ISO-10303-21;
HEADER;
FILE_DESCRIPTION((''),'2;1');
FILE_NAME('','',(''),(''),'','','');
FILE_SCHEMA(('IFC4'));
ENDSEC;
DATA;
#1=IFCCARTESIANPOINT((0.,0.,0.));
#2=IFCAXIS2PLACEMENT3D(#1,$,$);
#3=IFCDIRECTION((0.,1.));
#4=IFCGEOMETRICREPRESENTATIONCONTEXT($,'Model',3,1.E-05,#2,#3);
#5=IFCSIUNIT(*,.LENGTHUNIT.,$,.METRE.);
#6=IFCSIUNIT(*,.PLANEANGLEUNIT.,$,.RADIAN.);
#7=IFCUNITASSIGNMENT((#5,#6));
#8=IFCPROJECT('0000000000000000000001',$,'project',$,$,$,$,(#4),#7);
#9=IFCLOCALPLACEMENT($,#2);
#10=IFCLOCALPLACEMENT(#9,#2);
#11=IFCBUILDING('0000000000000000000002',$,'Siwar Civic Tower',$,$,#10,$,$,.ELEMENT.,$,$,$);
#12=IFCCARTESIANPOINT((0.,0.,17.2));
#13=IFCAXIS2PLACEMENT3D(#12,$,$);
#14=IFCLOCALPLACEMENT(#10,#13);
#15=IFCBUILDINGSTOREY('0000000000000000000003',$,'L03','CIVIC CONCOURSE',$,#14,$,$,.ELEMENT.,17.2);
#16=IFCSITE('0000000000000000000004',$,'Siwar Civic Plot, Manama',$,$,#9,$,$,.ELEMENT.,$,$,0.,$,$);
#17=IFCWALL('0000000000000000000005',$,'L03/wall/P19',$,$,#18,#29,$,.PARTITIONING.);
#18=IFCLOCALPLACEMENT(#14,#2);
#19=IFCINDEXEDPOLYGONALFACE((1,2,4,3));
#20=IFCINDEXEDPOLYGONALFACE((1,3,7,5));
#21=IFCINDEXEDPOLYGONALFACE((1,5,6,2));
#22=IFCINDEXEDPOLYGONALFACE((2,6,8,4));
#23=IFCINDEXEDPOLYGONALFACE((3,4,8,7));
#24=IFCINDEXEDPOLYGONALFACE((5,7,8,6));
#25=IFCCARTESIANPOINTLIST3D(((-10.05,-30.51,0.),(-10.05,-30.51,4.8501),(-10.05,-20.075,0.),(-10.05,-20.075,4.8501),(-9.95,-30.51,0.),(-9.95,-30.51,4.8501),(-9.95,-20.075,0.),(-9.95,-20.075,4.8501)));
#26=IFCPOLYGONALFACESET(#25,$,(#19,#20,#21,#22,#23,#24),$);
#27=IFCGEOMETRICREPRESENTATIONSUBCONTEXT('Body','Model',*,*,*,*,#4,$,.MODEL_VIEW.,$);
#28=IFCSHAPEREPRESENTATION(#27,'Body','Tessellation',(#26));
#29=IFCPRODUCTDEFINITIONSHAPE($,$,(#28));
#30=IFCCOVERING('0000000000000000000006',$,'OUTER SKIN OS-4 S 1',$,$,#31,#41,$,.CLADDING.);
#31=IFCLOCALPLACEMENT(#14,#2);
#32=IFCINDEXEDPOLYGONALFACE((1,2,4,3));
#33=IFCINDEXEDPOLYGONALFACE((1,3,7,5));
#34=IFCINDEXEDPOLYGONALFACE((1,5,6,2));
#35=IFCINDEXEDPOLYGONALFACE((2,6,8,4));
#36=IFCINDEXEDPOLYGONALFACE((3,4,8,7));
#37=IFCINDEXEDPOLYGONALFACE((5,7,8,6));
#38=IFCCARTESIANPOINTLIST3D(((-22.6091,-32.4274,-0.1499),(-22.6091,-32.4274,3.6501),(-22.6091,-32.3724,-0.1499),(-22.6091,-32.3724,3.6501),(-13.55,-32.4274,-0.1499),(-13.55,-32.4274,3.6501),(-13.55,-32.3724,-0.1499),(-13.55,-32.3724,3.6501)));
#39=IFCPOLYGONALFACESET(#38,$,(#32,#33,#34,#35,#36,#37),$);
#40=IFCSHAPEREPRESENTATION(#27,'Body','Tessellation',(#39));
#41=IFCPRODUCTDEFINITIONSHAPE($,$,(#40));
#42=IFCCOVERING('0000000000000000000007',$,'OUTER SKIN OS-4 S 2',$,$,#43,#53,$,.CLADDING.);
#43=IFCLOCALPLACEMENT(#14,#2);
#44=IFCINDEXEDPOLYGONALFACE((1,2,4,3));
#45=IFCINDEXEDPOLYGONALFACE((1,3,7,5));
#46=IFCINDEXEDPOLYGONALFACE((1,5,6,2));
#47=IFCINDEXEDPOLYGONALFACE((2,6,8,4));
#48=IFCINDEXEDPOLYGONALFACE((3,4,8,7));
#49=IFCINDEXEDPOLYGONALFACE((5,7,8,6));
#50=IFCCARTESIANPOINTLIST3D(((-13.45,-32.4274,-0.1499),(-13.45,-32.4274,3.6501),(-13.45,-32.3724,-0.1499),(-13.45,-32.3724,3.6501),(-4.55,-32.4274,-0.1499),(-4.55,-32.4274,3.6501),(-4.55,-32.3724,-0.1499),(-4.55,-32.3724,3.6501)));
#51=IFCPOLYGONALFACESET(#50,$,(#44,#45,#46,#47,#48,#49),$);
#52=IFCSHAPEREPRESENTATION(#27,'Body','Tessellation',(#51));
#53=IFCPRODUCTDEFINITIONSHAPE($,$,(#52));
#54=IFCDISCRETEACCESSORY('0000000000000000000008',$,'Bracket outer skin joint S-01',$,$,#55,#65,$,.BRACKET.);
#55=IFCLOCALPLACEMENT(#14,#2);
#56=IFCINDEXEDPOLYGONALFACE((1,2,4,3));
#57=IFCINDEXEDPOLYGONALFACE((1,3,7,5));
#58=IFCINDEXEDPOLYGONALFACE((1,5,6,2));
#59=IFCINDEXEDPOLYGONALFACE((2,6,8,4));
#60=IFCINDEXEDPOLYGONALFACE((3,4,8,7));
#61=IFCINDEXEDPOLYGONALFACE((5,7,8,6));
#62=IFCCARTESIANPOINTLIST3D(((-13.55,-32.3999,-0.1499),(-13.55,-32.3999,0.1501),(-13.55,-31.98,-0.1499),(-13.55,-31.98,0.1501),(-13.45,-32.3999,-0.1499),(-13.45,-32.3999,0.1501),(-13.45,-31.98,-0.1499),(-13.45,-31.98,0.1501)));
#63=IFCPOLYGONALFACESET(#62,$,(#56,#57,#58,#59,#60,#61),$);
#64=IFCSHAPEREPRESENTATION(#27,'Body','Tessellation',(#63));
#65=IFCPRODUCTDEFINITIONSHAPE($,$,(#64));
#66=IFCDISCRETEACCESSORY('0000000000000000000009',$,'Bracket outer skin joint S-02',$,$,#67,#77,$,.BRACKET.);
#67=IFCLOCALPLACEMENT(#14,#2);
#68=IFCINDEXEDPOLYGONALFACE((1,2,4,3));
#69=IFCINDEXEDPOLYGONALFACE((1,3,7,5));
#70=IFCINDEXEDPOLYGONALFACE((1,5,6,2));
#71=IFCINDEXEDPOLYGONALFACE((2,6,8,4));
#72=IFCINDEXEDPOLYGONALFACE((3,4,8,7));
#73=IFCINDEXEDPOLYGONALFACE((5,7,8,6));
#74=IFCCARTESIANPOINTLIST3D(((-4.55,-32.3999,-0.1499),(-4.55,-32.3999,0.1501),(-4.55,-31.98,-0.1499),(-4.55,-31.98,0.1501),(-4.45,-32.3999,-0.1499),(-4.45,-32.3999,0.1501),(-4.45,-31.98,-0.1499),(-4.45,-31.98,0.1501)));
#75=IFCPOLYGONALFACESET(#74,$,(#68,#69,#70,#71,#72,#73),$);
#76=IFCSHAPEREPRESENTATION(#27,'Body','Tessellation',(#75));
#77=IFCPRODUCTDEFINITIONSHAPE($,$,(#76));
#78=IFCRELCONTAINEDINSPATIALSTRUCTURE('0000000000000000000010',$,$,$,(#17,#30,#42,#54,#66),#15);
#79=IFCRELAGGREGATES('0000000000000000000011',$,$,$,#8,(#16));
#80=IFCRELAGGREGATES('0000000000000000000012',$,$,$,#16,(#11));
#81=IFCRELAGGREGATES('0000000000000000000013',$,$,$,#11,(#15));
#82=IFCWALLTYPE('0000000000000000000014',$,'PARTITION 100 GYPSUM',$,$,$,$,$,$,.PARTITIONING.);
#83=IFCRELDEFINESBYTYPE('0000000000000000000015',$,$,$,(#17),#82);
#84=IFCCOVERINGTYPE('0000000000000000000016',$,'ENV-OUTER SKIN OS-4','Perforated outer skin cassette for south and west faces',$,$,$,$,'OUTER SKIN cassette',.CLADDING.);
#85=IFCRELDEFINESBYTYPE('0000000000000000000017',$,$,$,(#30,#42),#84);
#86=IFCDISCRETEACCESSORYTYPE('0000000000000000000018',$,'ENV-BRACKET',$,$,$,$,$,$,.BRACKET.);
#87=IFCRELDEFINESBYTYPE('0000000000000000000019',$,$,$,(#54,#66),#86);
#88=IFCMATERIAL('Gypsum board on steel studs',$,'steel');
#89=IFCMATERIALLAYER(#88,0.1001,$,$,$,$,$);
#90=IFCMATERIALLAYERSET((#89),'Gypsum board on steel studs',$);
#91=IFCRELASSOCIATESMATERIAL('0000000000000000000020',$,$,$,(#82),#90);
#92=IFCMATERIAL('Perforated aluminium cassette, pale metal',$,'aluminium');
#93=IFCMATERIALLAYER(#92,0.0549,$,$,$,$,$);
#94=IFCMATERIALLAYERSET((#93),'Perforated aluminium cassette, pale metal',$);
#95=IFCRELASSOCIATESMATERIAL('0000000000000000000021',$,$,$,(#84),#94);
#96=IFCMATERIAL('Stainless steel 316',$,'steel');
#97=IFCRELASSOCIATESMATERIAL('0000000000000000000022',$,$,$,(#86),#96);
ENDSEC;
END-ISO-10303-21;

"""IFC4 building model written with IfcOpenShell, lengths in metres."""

from ifc_helpers import new_model, si_unit, direction, frame, frame_2d, origin, origin_2d, place, context, subcontext, project, spatial, rectangle, extrude, material, layer, layer_set, type_object, element, save


model = new_model("IFC4")

# Units and contexts
model_context = context("Model", 3, precision=1e-05, world=origin(), true_north=direction((0.0, 1.0)))
body_context = subcontext(model_context, "Body", "Model", "MODEL_VIEW")
ifc_project = project(units=[si_unit("LENGTHUNIT", "METRE"), si_unit("PLANEANGLEUNIT", "RADIAN")], contexts=[model_context])

# Site, building, storey
site_placement = place(None, origin())
site = spatial("IfcSite", under=ifc_project, at=site_placement, Name="Siwar Civic Plot, Manama", CompositionType="ELEMENT", RefElevation=0.0)
building_placement = place(site_placement, origin())
building = spatial("IfcBuilding", under=site, at=building_placement, Name="Siwar Civic Tower", CompositionType="ELEMENT")
storey_placement = place(building_placement, frame((0.0, 0.0, 17.2)))
storey = spatial("IfcBuildingStorey", under=building, at=storey_placement, Name="L03", Description="CIVIC CONCOURSE", CompositionType="ELEMENT", Elevation=17.2)

# Wall
ifc_material_1 = material(Name="Gypsum board on steel studs", Category="steel")
ifc_layer_1 = layer(ifc_material_1, 0.1001)
ifc_layer_set_1 = layer_set([ifc_layer_1], Name="Gypsum board on steel studs")
wall_type = type_object("IfcWallType", Name="PARTITION 100 GYPSUM", PredefinedType="PARTITIONING", material=ifc_layer_set_1)
wall_placement = place(storey_placement, frame((-10.0, -30.51, 0.0), z_axis=(0.0, 0.0, 1.0), x_axis=(0.0, 1.0, 0.0)))
element("IfcWall", 1, at=wall_placement, inside=storey, type_object=wall_type, Name="L03/wall/P19", PredefinedType="PARTITIONING", context=body_context, shape_type="SweptSolid", body=[
    extrude(rectangle(XDim=10.4351, YDim=0.1001, at=frame_2d((5.2175, 0.0))), origin(), (0.0, 0.0, 1.0), 4.8501),
])

# Coverings
ifc_material_2 = material(Name="Perforated aluminium cassette, pale metal", Category="aluminium")
ifc_layer_2 = layer(ifc_material_2, 0.0549)
ifc_layer_set_2 = layer_set([ifc_layer_2], Name="Perforated aluminium cassette, pale metal")
covering_type = type_object("IfcCoveringType", Name="ENV-OUTER SKIN OS-4", Description="Perforated outer skin cassette for south and west faces", ElementType="OUTER SKIN cassette", PredefinedType="CLADDING", material=ifc_layer_set_2)
covering_1_placement = place(storey_placement, frame((-18.0796, -32.3999, -0.1499), z_axis=(0.0, 0.0, 1.0), x_axis=(1.0, 0.0, 0.0)))
element("IfcCovering", 2, at=covering_1_placement, inside=storey, type_object=covering_type, Name="OUTER SKIN OS-4 S 1", PredefinedType="CLADDING", context=body_context, shape_type="SweptSolid", body=[
    extrude(rectangle(XDim=9.0591, YDim=0.0549, at=origin_2d()), origin(), (0.0, 0.0, 1.0), 3.8),
])
covering_2_placement = place(storey_placement, frame((-9.0, -32.3999, -0.1499), z_axis=(0.0, 0.0, 1.0), x_axis=(1.0, 0.0, 0.0)))
element("IfcCovering", 3, at=covering_2_placement, inside=storey, type_object=covering_type, Name="OUTER SKIN OS-4 S 2", PredefinedType="CLADDING", context=body_context, shape_type="SweptSolid", body=[
    extrude(rectangle(XDim=8.8999, YDim=0.0549, at=origin_2d()), origin(), (0.0, 0.0, 1.0), 3.8),
])

# Discrete accessories
ifc_material_3 = material(Name="Stainless steel 316", Category="steel")
discrete_accessory_type = type_object("IfcDiscreteAccessoryType", Name="ENV-BRACKET", PredefinedType="BRACKET", material=ifc_material_3)
for number, where, z_axis, x_axis, name in (
    (4, (-13.5, -32.1899, -0.1499), (0.0, 0.0, 1.0), (0.0, -1.0, 0.0), "Bracket outer skin joint S-01"),
    (5, (-4.5, -32.1899, -0.1499), (0.0, 0.0, 1.0), (0.0, -1.0, 0.0), "Bracket outer skin joint S-02"),
):
    element("IfcDiscreteAccessory", number, at=place(storey_placement, frame(where, z_axis=z_axis, x_axis=x_axis)), inside=storey, type_object=discrete_accessory_type, Name=name, PredefinedType="BRACKET", context=body_context, shape_type="SweptSolid", body=[
        extrude(rectangle(XDim=0.4199, YDim=0.1001, at=origin_2d()), origin(), (0.0, 0.0, 1.0), 0.3),
    ])

save(model, "model.ifc")
